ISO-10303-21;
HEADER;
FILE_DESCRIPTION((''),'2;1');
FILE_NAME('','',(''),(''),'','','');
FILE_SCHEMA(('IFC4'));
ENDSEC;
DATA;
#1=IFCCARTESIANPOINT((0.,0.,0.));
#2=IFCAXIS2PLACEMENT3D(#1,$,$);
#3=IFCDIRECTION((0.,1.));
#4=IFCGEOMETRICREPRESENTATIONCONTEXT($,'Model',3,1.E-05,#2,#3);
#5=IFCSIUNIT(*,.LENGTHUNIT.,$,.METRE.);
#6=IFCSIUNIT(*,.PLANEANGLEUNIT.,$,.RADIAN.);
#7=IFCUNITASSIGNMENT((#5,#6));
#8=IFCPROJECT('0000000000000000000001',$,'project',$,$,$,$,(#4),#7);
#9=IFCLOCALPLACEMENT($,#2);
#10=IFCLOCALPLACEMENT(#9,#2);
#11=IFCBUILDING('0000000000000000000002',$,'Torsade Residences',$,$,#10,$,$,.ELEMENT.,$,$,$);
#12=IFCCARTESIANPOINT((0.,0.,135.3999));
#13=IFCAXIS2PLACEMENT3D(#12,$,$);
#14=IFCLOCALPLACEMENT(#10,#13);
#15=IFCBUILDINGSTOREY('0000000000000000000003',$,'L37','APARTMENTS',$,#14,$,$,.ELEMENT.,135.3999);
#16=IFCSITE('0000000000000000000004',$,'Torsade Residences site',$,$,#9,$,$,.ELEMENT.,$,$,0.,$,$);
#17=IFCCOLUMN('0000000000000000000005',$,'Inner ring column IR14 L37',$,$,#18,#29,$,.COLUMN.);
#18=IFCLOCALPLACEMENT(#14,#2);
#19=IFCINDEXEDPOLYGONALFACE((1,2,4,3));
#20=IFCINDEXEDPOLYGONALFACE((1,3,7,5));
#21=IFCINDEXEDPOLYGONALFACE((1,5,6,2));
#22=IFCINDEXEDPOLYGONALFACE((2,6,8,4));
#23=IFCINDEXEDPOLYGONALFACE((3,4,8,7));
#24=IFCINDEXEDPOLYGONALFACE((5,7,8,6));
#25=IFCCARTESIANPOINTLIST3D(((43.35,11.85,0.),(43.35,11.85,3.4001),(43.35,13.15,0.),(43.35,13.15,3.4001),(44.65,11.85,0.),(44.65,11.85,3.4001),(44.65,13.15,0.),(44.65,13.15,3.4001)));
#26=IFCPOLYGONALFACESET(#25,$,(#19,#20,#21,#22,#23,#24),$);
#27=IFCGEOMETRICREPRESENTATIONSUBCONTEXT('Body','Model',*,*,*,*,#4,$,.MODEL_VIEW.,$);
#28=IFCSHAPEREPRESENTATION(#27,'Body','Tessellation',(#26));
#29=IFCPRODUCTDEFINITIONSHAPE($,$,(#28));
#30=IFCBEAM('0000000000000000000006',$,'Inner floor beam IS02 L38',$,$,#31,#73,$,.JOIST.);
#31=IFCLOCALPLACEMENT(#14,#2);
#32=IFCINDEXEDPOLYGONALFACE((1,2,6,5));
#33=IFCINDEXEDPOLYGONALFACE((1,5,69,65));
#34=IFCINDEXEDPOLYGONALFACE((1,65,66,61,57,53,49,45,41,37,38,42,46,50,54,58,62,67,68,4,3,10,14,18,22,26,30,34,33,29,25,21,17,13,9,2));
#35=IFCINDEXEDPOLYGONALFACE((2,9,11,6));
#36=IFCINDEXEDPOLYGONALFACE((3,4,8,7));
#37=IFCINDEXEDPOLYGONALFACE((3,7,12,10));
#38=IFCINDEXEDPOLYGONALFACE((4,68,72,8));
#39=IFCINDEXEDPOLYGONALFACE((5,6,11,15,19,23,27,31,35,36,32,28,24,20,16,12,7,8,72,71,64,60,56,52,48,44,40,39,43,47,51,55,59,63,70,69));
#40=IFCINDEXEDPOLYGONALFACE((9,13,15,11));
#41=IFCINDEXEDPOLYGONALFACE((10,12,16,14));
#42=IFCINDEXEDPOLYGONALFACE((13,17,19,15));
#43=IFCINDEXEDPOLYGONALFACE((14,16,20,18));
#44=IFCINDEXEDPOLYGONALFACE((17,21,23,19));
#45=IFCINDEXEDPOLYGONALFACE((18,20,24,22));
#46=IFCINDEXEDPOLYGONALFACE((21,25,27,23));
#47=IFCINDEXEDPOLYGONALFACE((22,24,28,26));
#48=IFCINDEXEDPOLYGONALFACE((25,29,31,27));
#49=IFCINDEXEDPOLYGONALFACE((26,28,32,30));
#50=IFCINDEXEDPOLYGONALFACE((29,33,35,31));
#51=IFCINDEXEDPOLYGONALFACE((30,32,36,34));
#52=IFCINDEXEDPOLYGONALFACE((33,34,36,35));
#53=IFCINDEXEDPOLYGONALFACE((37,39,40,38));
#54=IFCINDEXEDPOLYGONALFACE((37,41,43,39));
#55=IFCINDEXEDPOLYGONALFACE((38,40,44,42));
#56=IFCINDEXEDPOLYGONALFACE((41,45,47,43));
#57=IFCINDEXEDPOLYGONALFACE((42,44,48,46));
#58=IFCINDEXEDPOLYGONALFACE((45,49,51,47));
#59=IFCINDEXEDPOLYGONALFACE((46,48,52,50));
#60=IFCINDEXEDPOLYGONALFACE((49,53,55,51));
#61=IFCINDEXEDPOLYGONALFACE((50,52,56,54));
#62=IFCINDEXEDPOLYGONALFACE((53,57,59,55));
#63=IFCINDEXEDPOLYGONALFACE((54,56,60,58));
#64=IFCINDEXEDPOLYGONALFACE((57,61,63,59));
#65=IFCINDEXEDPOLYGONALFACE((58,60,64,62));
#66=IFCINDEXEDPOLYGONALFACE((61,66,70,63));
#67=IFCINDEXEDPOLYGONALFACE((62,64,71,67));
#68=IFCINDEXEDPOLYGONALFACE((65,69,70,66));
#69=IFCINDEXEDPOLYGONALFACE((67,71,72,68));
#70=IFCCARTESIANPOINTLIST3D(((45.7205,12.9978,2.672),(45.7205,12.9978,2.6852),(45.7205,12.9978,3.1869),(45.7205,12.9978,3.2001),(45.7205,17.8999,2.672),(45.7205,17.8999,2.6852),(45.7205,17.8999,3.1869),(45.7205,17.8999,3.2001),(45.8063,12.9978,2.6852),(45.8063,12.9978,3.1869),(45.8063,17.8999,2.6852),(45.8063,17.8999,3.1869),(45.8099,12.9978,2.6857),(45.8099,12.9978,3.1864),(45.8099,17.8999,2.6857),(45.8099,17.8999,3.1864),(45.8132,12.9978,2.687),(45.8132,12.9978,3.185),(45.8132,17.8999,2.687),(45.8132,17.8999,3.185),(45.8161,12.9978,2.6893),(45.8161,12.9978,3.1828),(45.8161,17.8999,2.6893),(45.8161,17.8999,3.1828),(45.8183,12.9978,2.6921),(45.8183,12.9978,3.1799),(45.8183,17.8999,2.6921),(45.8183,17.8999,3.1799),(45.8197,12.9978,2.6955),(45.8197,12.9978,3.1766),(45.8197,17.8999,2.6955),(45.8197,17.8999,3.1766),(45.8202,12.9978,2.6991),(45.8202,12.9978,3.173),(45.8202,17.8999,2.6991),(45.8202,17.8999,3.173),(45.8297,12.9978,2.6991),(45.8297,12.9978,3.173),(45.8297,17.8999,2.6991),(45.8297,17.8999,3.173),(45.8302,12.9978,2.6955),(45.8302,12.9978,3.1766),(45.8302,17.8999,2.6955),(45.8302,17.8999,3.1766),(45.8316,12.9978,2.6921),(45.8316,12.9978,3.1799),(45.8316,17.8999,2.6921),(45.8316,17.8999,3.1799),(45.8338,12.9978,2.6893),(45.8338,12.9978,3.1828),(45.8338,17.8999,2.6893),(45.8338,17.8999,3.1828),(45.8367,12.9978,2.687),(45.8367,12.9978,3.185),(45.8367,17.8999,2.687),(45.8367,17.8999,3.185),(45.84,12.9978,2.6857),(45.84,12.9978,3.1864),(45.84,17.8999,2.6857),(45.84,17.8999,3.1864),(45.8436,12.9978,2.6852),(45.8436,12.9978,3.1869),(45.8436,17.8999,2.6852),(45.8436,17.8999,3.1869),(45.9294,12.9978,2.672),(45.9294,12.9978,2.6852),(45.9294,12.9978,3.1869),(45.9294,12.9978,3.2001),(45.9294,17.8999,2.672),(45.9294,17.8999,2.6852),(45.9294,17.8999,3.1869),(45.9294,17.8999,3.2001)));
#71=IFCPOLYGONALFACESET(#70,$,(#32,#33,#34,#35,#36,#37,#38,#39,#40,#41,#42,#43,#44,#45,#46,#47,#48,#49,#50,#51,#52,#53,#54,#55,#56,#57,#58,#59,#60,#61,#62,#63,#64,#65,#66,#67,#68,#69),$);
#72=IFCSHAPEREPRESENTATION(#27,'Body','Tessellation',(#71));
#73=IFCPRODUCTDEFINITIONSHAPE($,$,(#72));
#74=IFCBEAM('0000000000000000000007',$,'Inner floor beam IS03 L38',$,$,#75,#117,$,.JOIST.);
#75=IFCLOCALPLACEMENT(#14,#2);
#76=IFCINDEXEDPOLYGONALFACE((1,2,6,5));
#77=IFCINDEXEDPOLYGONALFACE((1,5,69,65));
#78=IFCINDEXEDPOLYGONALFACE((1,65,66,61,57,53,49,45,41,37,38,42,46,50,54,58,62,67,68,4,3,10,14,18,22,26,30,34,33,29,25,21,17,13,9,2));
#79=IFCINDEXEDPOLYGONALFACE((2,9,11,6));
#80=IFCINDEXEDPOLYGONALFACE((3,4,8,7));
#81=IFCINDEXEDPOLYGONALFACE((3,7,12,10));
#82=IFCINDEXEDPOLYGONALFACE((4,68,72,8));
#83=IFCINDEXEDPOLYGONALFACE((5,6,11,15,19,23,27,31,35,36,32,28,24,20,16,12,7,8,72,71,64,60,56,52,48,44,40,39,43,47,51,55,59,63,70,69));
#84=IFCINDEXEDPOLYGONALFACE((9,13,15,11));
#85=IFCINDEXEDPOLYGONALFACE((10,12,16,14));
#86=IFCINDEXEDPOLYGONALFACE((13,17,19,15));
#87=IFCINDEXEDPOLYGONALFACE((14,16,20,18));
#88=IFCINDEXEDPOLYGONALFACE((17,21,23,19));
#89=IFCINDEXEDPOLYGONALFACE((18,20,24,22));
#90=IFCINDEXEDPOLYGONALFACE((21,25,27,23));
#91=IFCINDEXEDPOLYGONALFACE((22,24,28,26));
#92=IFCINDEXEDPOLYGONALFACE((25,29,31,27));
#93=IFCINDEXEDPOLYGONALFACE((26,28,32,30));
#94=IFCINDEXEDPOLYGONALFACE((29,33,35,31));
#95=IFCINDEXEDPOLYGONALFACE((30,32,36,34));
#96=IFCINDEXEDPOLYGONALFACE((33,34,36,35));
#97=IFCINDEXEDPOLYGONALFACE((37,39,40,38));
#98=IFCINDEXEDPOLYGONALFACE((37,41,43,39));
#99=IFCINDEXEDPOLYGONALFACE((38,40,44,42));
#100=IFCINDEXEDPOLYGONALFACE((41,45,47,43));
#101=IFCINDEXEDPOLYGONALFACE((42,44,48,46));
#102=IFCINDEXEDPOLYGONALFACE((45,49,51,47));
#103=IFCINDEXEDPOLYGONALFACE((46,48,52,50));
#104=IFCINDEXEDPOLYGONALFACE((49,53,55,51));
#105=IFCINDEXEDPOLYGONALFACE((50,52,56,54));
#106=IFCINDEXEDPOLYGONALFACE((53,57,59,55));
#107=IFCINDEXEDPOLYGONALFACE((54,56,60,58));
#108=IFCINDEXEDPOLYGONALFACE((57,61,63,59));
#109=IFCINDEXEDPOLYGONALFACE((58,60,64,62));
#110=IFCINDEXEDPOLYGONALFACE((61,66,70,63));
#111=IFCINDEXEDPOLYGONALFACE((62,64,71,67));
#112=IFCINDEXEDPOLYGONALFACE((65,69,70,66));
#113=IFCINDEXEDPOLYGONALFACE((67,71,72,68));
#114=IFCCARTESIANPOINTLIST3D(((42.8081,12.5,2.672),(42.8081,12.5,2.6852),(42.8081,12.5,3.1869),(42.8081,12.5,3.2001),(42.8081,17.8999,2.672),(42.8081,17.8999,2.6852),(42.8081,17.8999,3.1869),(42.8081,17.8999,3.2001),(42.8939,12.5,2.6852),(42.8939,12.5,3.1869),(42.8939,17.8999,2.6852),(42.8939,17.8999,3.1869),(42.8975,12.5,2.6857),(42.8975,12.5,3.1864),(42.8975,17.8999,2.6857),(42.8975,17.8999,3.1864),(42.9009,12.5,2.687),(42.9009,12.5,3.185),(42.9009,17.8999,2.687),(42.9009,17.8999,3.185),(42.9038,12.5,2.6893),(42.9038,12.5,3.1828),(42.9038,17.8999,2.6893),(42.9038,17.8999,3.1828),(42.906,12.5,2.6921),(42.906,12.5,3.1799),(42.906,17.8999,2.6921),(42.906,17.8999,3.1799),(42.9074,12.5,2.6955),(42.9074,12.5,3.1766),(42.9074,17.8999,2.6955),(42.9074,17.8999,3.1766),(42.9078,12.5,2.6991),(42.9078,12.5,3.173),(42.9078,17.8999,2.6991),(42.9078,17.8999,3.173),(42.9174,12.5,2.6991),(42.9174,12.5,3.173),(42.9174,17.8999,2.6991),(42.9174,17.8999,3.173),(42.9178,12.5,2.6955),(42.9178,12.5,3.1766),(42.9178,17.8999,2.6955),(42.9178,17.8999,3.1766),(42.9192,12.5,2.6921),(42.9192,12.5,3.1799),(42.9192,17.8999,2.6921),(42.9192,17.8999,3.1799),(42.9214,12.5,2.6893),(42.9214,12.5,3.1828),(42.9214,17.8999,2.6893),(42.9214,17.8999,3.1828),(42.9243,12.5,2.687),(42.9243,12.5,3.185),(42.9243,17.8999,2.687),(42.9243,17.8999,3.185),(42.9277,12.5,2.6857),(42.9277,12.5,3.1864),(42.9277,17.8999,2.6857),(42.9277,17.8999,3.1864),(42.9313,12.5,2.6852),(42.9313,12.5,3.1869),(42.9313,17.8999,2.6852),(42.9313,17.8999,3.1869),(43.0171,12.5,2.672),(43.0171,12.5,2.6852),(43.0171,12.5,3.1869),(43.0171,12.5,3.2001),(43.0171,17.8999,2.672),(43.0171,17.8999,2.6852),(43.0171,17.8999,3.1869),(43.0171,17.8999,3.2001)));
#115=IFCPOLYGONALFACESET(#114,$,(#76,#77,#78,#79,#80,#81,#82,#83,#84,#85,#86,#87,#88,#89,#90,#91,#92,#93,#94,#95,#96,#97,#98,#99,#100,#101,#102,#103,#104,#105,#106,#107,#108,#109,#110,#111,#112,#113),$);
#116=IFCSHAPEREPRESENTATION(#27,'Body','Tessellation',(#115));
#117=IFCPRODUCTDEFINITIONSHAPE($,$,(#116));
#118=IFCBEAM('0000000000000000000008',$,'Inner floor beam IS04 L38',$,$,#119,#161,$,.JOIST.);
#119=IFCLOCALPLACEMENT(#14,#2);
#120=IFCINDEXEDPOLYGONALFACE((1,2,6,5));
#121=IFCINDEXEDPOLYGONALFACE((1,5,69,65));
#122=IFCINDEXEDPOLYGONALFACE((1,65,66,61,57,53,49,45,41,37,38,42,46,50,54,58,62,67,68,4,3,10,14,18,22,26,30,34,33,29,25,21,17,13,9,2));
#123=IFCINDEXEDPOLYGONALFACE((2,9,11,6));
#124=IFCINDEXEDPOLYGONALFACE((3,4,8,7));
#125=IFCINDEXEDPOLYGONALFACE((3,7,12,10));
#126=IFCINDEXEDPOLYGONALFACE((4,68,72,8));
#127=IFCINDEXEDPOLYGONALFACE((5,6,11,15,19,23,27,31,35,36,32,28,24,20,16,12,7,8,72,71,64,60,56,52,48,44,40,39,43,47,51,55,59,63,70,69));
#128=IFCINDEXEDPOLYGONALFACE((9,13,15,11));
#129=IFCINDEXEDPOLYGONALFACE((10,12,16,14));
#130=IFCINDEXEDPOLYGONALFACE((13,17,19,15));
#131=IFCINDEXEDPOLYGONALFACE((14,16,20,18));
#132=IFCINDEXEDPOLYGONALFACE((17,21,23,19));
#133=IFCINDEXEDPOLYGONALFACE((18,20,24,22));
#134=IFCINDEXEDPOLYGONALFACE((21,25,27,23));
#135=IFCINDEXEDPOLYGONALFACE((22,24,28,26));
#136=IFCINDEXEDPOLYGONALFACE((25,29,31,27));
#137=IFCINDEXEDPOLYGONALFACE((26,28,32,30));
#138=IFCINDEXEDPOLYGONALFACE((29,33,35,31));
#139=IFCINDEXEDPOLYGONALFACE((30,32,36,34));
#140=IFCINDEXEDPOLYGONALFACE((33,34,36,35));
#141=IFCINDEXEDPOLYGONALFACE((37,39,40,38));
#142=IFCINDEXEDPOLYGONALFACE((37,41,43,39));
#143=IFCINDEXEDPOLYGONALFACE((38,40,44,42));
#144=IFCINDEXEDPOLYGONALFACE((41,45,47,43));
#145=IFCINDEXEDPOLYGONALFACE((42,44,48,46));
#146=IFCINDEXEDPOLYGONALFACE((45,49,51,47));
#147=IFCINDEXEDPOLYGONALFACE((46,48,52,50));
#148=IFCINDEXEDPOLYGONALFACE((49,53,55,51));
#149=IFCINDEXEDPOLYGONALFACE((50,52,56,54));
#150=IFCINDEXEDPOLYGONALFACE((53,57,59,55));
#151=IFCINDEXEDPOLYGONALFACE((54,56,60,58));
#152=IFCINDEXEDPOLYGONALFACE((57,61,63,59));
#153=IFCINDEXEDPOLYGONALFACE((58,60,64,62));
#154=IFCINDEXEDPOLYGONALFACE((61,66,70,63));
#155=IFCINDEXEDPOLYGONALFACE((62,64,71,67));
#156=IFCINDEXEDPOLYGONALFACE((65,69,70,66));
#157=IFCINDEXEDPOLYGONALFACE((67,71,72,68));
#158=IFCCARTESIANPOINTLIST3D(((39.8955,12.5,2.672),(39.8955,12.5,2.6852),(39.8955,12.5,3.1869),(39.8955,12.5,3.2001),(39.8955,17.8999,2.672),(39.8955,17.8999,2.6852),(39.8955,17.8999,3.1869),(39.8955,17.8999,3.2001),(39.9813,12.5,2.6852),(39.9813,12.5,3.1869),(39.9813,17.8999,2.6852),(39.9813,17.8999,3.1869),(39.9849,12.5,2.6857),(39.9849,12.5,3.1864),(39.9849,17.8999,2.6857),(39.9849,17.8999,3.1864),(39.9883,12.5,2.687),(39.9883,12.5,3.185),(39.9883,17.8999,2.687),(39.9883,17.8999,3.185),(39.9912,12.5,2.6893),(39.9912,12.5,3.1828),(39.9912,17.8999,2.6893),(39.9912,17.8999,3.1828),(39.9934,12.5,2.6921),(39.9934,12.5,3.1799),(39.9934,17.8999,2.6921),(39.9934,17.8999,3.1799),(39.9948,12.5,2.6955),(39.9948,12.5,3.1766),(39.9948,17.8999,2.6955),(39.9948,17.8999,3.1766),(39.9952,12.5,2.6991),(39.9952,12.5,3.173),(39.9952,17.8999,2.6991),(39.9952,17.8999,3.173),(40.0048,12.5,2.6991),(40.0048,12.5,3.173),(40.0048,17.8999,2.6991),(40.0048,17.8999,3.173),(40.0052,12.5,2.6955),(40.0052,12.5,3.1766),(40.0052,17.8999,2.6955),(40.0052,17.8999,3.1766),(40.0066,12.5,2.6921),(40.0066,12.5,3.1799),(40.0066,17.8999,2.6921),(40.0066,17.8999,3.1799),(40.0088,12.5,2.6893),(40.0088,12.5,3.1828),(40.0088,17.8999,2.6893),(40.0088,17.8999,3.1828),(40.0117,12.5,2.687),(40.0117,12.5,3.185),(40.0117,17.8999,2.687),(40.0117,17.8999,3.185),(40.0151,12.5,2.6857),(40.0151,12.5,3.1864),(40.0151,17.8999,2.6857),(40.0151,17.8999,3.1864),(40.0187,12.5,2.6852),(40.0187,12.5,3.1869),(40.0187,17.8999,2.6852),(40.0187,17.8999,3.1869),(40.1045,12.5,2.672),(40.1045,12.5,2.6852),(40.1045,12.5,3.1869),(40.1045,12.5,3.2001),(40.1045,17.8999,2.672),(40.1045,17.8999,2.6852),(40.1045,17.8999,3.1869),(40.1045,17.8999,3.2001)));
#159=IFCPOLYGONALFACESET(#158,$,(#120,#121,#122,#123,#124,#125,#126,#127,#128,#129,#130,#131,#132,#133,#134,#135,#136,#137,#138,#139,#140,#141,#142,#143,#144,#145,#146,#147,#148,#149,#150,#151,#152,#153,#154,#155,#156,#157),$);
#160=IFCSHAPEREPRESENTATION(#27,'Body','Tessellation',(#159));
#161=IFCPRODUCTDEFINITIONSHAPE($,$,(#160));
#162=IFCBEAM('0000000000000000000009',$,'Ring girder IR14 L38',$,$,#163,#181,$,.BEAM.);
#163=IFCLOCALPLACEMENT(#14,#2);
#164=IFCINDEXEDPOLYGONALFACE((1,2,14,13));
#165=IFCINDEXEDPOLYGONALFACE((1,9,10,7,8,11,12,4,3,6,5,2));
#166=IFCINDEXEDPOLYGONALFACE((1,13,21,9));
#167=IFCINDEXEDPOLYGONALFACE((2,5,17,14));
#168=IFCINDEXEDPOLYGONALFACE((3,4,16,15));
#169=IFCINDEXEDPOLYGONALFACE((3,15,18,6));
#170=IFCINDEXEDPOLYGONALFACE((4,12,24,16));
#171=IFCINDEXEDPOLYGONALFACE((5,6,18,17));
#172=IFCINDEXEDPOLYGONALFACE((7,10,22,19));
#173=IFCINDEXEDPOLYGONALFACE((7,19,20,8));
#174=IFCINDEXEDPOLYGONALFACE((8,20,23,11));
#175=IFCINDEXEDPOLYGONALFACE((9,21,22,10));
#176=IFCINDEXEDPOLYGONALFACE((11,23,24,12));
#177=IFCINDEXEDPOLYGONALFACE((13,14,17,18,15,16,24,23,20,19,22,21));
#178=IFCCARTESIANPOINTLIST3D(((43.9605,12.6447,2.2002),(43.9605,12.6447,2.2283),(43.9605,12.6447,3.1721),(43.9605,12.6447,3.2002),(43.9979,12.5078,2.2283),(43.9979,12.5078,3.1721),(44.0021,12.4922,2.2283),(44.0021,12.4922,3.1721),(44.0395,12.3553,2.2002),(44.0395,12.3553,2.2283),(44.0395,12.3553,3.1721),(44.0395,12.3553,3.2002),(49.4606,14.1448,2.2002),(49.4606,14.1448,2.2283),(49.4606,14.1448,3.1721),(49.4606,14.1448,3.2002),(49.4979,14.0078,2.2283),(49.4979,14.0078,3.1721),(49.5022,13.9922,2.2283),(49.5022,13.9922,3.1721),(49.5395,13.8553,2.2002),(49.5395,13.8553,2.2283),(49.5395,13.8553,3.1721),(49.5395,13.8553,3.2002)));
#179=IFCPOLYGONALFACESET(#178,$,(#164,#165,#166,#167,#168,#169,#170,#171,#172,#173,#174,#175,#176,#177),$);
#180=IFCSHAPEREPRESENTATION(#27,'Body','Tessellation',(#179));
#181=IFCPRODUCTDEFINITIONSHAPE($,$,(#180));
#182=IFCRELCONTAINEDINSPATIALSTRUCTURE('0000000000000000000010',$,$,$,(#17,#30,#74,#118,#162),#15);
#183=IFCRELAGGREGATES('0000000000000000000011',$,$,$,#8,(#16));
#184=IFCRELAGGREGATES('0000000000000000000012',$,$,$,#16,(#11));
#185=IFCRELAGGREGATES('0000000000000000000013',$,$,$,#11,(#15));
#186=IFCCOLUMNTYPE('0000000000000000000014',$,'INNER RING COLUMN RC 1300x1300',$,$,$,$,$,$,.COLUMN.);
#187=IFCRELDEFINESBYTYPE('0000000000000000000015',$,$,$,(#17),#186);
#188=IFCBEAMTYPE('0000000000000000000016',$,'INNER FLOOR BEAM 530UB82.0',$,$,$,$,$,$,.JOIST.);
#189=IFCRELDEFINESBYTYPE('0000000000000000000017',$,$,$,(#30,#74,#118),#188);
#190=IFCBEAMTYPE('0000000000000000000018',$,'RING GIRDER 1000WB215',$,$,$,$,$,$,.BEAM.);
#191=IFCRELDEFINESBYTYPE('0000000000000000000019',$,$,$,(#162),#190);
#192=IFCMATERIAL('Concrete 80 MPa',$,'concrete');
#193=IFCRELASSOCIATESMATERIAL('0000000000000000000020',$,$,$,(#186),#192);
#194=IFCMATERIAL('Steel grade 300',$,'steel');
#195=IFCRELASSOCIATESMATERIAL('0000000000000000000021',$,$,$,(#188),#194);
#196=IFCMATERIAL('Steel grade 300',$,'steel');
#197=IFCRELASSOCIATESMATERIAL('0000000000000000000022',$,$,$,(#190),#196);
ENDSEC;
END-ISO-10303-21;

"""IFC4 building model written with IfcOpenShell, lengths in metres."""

from ifc_helpers import new_model, si_unit, direction, frame, origin, origin_2d, place, context, subcontext, project, spatial, rectangle, i_section, extrude, material, material_profile, profile_set, type_object, element, save


model = new_model("IFC4")

# Units and contexts
model_context = context("Model", 3, precision=1e-05, world=origin(), true_north=direction((0.0, 1.0)))
body_context = subcontext(model_context, "Body", "Model", "MODEL_VIEW")
ifc_project = project(units=[si_unit("LENGTHUNIT", "METRE"), si_unit("PLANEANGLEUNIT", "RADIAN")], contexts=[model_context])

# Site, building, storey
site_placement = place(None, origin())
site = spatial("IfcSite", under=ifc_project, at=site_placement, Name="Torsade Residences site", CompositionType="ELEMENT", RefElevation=0.0)
building_placement = place(site_placement, origin())
building = spatial("IfcBuilding", under=site, at=building_placement, Name="Torsade Residences", CompositionType="ELEMENT")
storey_placement = place(building_placement, frame((0.0, 0.0, 135.3999)))
storey = spatial("IfcBuildingStorey", under=building, at=storey_placement, Name="L37", Description="APARTMENTS", CompositionType="ELEMENT", Elevation=135.3999)

# Column
ifc_material_1 = material(Name="Concrete 80 MPa", Category="concrete")
ifc_material_profile_1 = material_profile(ifc_material_1, rectangle(XDim=1.3, YDim=1.3, at=origin_2d()), Name="RC 1300x1300")
ifc_profile_set_1 = profile_set([ifc_material_profile_1], Name="Concrete 80 MPa")
column_type = type_object("IfcColumnType", Name="INNER RING COLUMN RC 1300x1300", PredefinedType="COLUMN", material=ifc_profile_set_1)
column_placement = place(storey_placement, frame((44.0, 12.5, 0.0), z_axis=(0.0, 0.0, 1.0), x_axis=(1.0, 0.0, 0.0)))
element("IfcColumn", 1, at=column_placement, inside=storey, type_object=column_type, Name="Inner ring column IR14 L37", PredefinedType="COLUMN", context=body_context, shape_type="SweptSolid", body=[
    extrude(rectangle(XDim=1.3, YDim=1.3, at=origin_2d()), origin(), (0.0, 0.0, 1.0), 3.4001),
])

# Beams
ifc_material_2 = material(Name="Steel grade 300", Category="steel")
ifc_material_profile_2 = material_profile(ifc_material_2, i_section(OverallWidth=0.209, OverallDepth=0.5281, WebThickness=0.0095, FlangeThickness=0.0132, FilletRadius=0.0139, at=origin_2d()), Name="530UB82.0")
ifc_profile_set_2 = profile_set([ifc_material_profile_2], Name="Steel grade 300")
beam_type_1 = type_object("IfcBeamType", Name="INNER FLOOR BEAM 530UB82.0", PredefinedType="JOIST", material=ifc_profile_set_2)
beam_1_placement = place(storey_placement, frame((45.825, 17.8999, 2.936), z_axis=(0.0, -1.0, 0.0), x_axis=(1.0, 0.0, 0.0)))
element("IfcBeam", 2, at=beam_1_placement, inside=storey, type_object=beam_type_1, Name="Inner floor beam IS02 L38", PredefinedType="JOIST", context=body_context, shape_type="SweptSolid", body=[
    extrude(i_section(OverallWidth=0.209, OverallDepth=0.5281, WebThickness=0.0095, FlangeThickness=0.0132, FilletRadius=0.0139, at=origin_2d()), origin(), (0.0, 0.0, 1.0), 4.9021),
])
for number, where, z_axis, x_axis, name in (
    (3, (42.9126, 17.8999, 2.936), (0.0, -1.0, 0.0), (1.0, 0.0, 0.0), "Inner floor beam IS03 L38"),
    (4, (40.0, 17.8999, 2.936), (0.0, -1.0, 0.0), (1.0, 0.0, 0.0), "Inner floor beam IS04 L38"),
):
    element("IfcBeam", number, at=place(storey_placement, frame(where, z_axis=z_axis, x_axis=x_axis)), inside=storey, type_object=beam_type_1, Name=name, PredefinedType="JOIST", context=body_context, shape_type="SweptSolid", body=[
        extrude(i_section(OverallWidth=0.209, OverallDepth=0.5281, WebThickness=0.0095, FlangeThickness=0.0132, FilletRadius=0.0139, at=origin_2d()), origin(), (0.0, 0.0, 1.0), 5.3999),
    ])
ifc_material_3 = material(Name="Steel grade 300", Category="steel")
ifc_material_profile_3 = material_profile(ifc_material_3, i_section(OverallWidth=0.3, OverallDepth=1.0, WebThickness=0.0161, FlangeThickness=0.0281, at=origin_2d()), Name="1000WB215")
ifc_profile_set_3 = profile_set([ifc_material_profile_3], Name="Steel grade 300")
beam_type_2 = type_object("IfcBeamType", Name="RING GIRDER 1000WB215", PredefinedType="BEAM", material=ifc_profile_set_3)
beam_2_placement = place(storey_placement, frame((44.0, 12.5, 2.7002), z_axis=(0.964764, 0.263117, 0.0), x_axis=(-0.263117, 0.964764, 0.0)))
element("IfcBeam", 5, at=beam_2_placement, inside=storey, type_object=beam_type_2, Name="Ring girder IR14 L38", PredefinedType="BEAM", context=body_context, shape_type="SweptSolid", body=[
    extrude(i_section(OverallWidth=0.3, OverallDepth=1.0, WebThickness=0.0161, FlangeThickness=0.0281, at=origin_2d()), origin(), (0.0, 0.0, 1.0), 5.7009),
])

save(model, "model.ifc")
